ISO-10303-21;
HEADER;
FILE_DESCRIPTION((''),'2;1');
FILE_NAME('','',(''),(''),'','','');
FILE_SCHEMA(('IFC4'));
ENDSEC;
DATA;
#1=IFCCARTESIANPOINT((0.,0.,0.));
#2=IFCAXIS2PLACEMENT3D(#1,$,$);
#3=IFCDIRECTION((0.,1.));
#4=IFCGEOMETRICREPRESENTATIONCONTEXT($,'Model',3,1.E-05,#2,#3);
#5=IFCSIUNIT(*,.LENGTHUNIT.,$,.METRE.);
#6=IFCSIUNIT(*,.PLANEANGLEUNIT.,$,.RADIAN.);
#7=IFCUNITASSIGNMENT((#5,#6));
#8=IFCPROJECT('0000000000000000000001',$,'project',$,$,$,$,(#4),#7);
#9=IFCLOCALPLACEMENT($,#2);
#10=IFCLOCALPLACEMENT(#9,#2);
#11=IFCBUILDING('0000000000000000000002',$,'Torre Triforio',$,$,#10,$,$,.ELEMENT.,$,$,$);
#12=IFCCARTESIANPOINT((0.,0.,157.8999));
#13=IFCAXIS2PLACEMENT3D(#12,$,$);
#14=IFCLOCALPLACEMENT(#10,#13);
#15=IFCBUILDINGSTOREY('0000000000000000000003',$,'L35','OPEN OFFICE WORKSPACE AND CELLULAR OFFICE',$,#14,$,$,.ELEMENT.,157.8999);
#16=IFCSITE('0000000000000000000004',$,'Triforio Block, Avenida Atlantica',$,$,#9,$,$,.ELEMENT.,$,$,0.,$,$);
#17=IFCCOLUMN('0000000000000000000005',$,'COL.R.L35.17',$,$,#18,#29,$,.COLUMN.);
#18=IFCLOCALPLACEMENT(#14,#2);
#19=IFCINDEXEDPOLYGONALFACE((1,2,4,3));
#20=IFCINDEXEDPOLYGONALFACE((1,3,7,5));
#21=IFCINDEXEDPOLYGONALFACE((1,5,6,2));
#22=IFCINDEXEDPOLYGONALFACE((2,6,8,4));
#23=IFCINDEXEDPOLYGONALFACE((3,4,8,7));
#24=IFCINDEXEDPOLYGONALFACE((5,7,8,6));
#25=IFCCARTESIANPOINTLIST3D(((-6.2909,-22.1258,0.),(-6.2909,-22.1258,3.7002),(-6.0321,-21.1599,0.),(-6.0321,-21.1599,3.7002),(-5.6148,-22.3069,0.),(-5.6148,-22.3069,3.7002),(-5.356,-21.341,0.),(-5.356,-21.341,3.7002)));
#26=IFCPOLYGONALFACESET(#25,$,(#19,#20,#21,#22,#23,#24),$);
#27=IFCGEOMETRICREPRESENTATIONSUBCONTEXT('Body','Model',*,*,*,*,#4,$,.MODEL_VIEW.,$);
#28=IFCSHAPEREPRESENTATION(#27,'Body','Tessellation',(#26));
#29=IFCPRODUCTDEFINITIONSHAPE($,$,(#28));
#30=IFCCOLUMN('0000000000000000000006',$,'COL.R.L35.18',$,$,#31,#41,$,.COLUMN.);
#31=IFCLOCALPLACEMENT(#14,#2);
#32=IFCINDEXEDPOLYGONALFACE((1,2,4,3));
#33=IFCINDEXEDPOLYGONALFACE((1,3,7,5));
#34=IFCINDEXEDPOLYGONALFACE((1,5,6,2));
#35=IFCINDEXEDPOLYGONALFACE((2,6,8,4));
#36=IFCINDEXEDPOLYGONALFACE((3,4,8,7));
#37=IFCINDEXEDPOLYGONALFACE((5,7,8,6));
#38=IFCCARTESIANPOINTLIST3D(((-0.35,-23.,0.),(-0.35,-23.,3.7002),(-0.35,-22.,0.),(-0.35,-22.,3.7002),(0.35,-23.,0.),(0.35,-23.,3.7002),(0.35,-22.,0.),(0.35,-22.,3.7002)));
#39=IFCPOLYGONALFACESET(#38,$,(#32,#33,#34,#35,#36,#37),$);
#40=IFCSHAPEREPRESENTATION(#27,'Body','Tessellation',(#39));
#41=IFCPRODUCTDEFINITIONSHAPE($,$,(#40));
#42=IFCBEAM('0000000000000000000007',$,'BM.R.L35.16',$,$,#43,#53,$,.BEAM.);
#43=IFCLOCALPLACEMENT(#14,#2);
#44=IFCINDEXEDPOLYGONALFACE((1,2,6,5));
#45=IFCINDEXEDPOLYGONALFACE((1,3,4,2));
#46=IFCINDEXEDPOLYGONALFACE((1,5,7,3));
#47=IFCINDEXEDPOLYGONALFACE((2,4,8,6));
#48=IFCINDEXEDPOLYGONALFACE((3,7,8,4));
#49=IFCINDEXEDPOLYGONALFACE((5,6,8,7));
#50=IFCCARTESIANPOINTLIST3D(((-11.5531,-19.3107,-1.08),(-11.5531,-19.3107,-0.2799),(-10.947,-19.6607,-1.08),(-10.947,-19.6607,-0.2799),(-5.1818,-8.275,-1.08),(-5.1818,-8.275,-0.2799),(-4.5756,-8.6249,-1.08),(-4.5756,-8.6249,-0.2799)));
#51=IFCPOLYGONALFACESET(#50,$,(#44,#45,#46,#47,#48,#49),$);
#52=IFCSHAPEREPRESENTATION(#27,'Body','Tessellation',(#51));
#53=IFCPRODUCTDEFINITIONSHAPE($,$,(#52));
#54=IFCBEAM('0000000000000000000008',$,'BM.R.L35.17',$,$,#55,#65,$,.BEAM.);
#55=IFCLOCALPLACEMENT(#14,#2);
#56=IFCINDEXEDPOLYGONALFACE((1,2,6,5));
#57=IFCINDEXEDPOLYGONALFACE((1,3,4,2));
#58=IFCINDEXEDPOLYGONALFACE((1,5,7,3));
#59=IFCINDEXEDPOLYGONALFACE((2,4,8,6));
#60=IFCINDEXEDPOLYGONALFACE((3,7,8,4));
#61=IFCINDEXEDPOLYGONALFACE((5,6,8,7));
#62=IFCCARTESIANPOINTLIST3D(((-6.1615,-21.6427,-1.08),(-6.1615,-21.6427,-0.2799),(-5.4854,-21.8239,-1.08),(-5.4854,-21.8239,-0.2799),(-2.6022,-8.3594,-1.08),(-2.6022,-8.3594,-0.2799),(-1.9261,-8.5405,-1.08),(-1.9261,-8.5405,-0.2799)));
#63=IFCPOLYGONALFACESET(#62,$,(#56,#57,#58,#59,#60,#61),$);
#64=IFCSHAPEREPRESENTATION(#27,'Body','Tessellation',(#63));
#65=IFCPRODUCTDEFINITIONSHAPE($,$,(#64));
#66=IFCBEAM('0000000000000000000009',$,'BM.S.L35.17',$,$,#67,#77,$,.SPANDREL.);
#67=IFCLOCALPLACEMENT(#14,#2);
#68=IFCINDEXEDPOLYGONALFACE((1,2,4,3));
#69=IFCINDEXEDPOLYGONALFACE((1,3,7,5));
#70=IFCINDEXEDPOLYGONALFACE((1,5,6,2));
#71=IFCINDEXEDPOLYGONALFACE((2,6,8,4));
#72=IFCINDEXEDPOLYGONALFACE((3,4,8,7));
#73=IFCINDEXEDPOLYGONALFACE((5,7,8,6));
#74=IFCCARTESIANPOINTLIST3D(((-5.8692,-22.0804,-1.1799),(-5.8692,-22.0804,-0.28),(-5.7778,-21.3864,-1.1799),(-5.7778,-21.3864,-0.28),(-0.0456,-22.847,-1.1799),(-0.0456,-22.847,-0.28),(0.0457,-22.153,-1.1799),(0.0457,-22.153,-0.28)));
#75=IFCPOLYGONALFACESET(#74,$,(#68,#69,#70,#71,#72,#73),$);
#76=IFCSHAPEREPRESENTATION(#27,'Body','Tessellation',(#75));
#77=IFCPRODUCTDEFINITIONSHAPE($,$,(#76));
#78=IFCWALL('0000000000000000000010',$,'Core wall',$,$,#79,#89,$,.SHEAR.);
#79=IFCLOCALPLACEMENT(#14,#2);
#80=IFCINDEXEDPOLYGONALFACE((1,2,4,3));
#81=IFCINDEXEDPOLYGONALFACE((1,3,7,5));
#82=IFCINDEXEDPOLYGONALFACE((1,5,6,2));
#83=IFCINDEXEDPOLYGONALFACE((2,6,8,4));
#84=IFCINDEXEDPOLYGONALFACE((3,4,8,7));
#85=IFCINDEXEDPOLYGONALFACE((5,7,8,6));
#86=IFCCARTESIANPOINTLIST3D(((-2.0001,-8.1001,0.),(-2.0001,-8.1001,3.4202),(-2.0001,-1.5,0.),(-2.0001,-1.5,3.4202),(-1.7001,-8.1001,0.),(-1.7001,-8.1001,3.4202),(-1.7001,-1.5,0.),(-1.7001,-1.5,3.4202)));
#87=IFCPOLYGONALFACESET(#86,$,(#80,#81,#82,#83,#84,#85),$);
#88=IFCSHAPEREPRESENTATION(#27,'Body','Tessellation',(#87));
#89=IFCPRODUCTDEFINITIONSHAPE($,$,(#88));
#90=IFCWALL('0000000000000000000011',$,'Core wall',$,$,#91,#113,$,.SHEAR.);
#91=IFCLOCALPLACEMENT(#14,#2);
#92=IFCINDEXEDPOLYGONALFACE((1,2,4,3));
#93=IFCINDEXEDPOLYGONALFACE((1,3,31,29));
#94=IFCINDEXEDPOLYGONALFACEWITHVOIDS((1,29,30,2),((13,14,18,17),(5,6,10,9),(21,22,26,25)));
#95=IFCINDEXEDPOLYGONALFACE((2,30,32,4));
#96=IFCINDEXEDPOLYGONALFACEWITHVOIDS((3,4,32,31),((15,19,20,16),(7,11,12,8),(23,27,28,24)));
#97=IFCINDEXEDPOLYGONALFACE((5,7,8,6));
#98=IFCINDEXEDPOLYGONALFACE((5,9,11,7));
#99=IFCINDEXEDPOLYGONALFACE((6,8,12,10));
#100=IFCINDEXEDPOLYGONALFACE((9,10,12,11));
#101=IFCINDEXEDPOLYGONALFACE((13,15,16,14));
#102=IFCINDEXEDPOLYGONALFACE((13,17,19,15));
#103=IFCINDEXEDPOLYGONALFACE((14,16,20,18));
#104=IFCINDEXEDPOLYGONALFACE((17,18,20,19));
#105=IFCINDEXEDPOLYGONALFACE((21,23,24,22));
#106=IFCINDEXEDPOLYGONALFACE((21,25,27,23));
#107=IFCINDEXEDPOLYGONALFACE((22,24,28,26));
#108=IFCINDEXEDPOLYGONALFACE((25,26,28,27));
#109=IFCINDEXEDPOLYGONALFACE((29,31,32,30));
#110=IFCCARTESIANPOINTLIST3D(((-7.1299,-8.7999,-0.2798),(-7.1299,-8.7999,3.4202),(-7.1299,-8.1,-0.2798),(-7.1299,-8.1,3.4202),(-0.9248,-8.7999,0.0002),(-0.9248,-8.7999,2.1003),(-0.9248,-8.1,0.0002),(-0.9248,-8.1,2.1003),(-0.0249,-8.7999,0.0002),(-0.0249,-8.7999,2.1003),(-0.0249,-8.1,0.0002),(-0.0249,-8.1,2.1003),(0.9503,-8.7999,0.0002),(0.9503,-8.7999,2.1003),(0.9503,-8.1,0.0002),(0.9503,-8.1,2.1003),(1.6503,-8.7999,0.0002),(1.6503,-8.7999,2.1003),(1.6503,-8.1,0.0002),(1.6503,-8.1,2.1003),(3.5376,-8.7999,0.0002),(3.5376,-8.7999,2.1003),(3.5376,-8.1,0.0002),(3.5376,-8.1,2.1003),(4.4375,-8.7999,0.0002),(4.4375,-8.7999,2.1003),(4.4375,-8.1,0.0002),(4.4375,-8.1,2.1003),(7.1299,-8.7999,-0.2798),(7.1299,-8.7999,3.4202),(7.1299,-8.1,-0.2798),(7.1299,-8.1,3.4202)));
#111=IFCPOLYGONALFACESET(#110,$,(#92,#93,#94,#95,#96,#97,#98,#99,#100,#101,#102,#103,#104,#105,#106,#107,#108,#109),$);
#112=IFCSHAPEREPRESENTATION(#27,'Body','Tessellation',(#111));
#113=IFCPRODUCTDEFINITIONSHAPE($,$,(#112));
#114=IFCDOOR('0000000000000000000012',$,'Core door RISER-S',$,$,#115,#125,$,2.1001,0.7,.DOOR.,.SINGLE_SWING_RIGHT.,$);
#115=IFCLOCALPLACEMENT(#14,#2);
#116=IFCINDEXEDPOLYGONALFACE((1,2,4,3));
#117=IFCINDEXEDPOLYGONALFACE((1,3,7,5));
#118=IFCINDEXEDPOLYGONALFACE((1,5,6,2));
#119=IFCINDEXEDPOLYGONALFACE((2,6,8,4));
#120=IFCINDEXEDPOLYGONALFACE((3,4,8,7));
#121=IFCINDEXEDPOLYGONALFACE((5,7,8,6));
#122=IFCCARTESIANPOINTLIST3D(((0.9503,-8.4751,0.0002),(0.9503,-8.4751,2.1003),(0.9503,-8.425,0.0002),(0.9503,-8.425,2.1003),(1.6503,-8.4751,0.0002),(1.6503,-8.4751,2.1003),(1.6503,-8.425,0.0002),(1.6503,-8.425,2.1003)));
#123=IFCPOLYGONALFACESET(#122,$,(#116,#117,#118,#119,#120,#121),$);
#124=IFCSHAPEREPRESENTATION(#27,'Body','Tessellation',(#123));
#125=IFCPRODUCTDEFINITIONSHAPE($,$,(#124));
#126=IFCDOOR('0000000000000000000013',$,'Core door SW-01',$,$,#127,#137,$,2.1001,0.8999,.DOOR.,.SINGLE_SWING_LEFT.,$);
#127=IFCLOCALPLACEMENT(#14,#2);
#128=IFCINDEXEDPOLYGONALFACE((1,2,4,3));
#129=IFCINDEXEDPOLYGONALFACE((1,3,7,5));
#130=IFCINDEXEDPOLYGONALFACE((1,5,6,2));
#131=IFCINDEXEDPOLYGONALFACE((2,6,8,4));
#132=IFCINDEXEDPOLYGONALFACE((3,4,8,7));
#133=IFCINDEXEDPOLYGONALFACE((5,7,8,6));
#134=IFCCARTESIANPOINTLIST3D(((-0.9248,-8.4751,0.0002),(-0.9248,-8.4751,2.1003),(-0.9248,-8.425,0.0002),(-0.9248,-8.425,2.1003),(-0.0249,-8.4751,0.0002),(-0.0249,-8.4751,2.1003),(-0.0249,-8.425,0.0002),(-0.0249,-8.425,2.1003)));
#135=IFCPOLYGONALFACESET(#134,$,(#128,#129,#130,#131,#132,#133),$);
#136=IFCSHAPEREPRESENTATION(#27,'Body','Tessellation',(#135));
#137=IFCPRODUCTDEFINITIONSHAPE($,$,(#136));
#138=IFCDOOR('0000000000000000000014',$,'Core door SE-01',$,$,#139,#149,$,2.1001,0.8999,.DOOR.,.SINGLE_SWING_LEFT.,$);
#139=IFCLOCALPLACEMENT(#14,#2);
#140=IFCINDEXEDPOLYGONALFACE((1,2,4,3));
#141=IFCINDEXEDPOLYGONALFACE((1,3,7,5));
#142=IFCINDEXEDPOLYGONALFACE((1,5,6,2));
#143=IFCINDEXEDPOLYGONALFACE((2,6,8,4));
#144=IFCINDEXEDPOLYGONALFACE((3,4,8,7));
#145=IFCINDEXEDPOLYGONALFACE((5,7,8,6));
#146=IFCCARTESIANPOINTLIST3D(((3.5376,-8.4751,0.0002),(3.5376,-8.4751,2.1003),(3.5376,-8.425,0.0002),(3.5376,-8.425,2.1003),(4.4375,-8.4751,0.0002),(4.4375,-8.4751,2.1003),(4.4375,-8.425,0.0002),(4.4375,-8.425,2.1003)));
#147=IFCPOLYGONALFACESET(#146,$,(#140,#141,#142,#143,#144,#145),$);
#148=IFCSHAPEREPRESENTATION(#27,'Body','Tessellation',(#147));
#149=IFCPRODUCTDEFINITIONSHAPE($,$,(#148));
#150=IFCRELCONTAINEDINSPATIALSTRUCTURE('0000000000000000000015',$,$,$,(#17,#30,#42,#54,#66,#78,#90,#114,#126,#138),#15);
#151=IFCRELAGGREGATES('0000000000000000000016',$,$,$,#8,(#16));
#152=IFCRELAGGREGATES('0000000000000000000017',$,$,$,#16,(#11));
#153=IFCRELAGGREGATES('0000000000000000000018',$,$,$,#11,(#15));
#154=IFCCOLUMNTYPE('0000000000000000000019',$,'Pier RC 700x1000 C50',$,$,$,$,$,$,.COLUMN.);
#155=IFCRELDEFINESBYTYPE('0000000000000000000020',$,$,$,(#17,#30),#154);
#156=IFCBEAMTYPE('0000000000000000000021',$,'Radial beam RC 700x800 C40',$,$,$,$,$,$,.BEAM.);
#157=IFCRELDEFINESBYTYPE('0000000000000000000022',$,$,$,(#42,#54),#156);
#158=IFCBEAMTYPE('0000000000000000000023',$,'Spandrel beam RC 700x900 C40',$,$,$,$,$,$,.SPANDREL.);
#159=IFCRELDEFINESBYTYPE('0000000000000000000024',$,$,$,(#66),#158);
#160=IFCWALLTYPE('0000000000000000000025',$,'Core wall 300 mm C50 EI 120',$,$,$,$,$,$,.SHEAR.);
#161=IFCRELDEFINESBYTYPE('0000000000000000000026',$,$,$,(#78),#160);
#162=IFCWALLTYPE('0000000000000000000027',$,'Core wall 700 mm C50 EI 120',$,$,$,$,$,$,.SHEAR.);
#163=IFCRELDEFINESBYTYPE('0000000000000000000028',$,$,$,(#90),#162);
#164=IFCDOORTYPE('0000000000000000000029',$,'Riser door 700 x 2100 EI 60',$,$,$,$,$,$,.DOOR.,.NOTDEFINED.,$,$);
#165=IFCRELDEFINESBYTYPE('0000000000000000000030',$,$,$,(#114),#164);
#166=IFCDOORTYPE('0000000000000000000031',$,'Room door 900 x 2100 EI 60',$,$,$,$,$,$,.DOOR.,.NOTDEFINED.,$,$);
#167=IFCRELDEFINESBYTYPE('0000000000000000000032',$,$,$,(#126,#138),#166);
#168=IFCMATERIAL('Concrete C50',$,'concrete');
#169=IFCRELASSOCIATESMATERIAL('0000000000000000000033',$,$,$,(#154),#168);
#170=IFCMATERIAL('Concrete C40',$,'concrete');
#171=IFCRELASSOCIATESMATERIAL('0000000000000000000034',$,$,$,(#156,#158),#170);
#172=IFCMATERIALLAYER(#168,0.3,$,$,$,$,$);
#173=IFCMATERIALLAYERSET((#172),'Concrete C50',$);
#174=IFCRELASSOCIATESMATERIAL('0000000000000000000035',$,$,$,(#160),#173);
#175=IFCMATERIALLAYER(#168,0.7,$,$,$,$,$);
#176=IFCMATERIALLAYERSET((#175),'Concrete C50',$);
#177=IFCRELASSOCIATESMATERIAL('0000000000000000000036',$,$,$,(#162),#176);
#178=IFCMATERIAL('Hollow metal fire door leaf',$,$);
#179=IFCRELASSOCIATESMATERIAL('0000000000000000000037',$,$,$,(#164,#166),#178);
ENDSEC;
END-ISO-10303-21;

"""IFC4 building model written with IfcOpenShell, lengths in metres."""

from ifc_helpers import new_model, si_unit, direction, frame, frame_2d, origin, origin_2d, place, context, subcontext, project, spatial, rectangle, extrude, material, layer, layer_set, material_profile, profile_set, type_object, element, fill, save


model = new_model("IFC4")

# Units and contexts
model_context = context("Model", 3, precision=1e-05, world=origin(), true_north=direction((0.0, 1.0)))
body_context = subcontext(model_context, "Body", "Model", "MODEL_VIEW")
ifc_project = project(units=[si_unit("LENGTHUNIT", "METRE"), si_unit("PLANEANGLEUNIT", "RADIAN")], contexts=[model_context])

# Site, building, storey
site_placement = place(None, origin())
site = spatial("IfcSite", under=ifc_project, at=site_placement, Name="Triforio Block, Avenida Atlantica", CompositionType="ELEMENT", RefElevation=0.0)
building_placement = place(site_placement, origin())
building = spatial("IfcBuilding", under=site, at=building_placement, Name="Torre Triforio", CompositionType="ELEMENT")
storey_placement = place(building_placement, frame((0.0, 0.0, 157.8999)))
storey = spatial("IfcBuildingStorey", under=building, at=storey_placement, Name="L35", Description="OPEN OFFICE WORKSPACE AND CELLULAR OFFICE", CompositionType="ELEMENT", Elevation=157.8999)

# Columns
ifc_material_1 = material(Name="Concrete C50", Category="concrete")
ifc_material_profile_1 = material_profile(ifc_material_1, rectangle(XDim=0.7, YDim=1.0, at=origin_2d()), Name="RC 700x1000")
ifc_profile_set_1 = profile_set([ifc_material_profile_1], Name="Concrete C50")
column_type = type_object("IfcColumnType", Name="Pier RC 700x1000 C50", PredefinedType="COLUMN", material=ifc_profile_set_1)
for number, where, z_axis, x_axis, name in (
    (1, (-5.8235, -21.7334, 0.0), (0.0, 0.0, 1.0), (0.965926, -0.258819, 0.0), "COL.R.L35.17"),
    (2, (0.0, -22.5, 0.0), (0.0, 0.0, 1.0), (1.0, 0.0, 0.0), "COL.R.L35.18"),
):
    element("IfcColumn", number, at=place(storey_placement, frame(where, z_axis=z_axis, x_axis=x_axis)), inside=storey, type_object=column_type, Name=name, PredefinedType="COLUMN", context=body_context, shape_type="SweptSolid", body=[
        extrude(rectangle(XDim=0.7, YDim=1.0, at=origin_2d()), origin(), (0.0, 0.0, 1.0), 3.7002),
    ])

# Beams
ifc_material_2 = material(Name="Concrete C40", Category="concrete")
ifc_material_profile_2 = material_profile(ifc_material_2, rectangle(XDim=0.7, YDim=0.8, at=origin_2d()), Name="RC 700x800")
ifc_profile_set_2 = profile_set([ifc_material_profile_2], Name="Concrete C40")
beam_type_1 = type_object("IfcBeamType", Name="Radial beam RC 700x800 C40", PredefinedType="BEAM", material=ifc_profile_set_2)
beam_1_placement = place(storey_placement, frame((-4.8787, -8.45, -0.6799), z_axis=(-0.499994, -0.866029, 0.0), x_axis=(0.866029, -0.499994, 0.0)))
element("IfcBeam", 3, at=beam_1_placement, inside=storey, type_object=beam_type_1, Name="BM.R.L35.16", PredefinedType="BEAM", context=body_context, shape_type="SweptSolid", body=[
    extrude(rectangle(XDim=0.7, YDim=0.8, at=origin_2d()), origin(), (0.0, 0.0, 1.0), 12.7429),
])
beam_2_placement = place(storey_placement, frame((-2.2642, -8.45, -0.6799), z_axis=(-0.258822, -0.965925, 0.0), x_axis=(0.965925, -0.258822, 0.0)))
element("IfcBeam", 4, at=beam_2_placement, inside=storey, type_object=beam_type_1, Name="BM.R.L35.17", PredefinedType="BEAM", context=body_context, shape_type="SweptSolid", body=[
    extrude(rectangle(XDim=0.7, YDim=0.8, at=origin_2d()), origin(), (0.0, 0.0, 1.0), 13.752),
])
ifc_material_profile_3 = material_profile(ifc_material_2, rectangle(XDim=0.7, YDim=0.8999, at=origin_2d()), Name="RC 700x900")
ifc_profile_set_3 = profile_set([ifc_material_profile_3], Name="Concrete C40")
beam_type_2 = type_object("IfcBeamType", Name="Spandrel beam RC 700x900 C40", PredefinedType="SPANDREL", material=ifc_profile_set_3)
beam_3_placement = place(storey_placement, frame((-5.8235, -21.7334, -0.73), z_axis=(0.991447, -0.130514, 0.0), x_axis=(0.130514, 0.991447, 0.0)))
element("IfcBeam", 5, at=beam_3_placement, inside=storey, type_object=beam_type_2, Name="BM.S.L35.17", PredefinedType="SPANDREL", context=body_context, shape_type="SweptSolid", body=[
    extrude(rectangle(XDim=0.7, YDim=0.8999, at=origin_2d()), origin(), (0.0, 0.0, 1.0), 5.8738),
])

# Wall
ifc_layer_1 = layer(ifc_material_1, 0.3)
ifc_layer_set_1 = layer_set([ifc_layer_1], Name="Concrete C50")
wall_type_1 = type_object("IfcWallType", Name="Core wall 300 mm C50 EI 120", PredefinedType="SHEAR", material=ifc_layer_set_1)
wall_1_placement = place(storey_placement, frame((-1.8501, -8.1001, 0.0), z_axis=(0.0, 0.0, 1.0), x_axis=(0.0, 1.0, 0.0)))
element("IfcWall", 6, at=wall_1_placement, inside=storey, type_object=wall_type_1, Name="Core wall", PredefinedType="SHEAR", context=body_context, shape_type="SweptSolid", body=[
    extrude(rectangle(XDim=6.6001, YDim=0.3, at=frame_2d((3.3, 0.0))), origin(), (0.0, 0.0, 1.0), 3.4202),
])

# Wall, openings, doors
ifc_layer_2 = layer(ifc_material_1, 0.7)
ifc_layer_set_2 = layer_set([ifc_layer_2], Name="Concrete C50")
wall_type_2 = type_object("IfcWallType", Name="Core wall 700 mm C50 EI 120", PredefinedType="SHEAR", material=ifc_layer_set_2)
wall_2_placement = place(storey_placement, frame((-7.1299, -8.45, -0.2798), z_axis=(0.0, 0.0, 1.0), x_axis=(1.0, 0.0, 0.0)))
wall_2 = element("IfcWall", 7, at=wall_2_placement, inside=storey, type_object=wall_type_2, Name="Core wall", PredefinedType="SHEAR", context=body_context, shape_type="SweptSolid", body=[
    extrude(rectangle(XDim=14.2598, YDim=0.7, at=frame_2d((7.1299, 0.0))), origin(), (0.0, 0.0, 1.0), 3.7),
])
opening_1_placement = place(wall_2_placement, frame((8.0801, 0.0, 0.28)))
opening_1 = element("IfcOpeningElement", 8, at=opening_1_placement, cuts=wall_2, PredefinedType="OPENING", context=body_context, shape_type="SweptSolid", body=[
    extrude(rectangle(XDim=0.7, YDim=2.1001, at=frame_2d((0.3501, 1.05))), frame((0.0, 0.3599, 0.0), z_axis=(0.0, -1.0, 0.0), x_axis=(1.0, 0.0, 0.0)), (0.0, 0.0, 1.0), 0.72),
])
opening_2_placement = place(wall_2_placement, frame((6.2051, 0.0, 0.28)))
opening_2 = element("IfcOpeningElement", 9, at=opening_2_placement, cuts=wall_2, PredefinedType="OPENING", context=body_context, shape_type="SweptSolid", body=[
    extrude(rectangle(XDim=0.8999, YDim=2.1001, at=frame_2d((0.45, 1.05))), frame((0.0, 0.3599, 0.0), z_axis=(0.0, -1.0, 0.0), x_axis=(1.0, 0.0, 0.0)), (0.0, 0.0, 1.0), 0.72),
])
opening_3_placement = place(wall_2_placement, frame((10.6675, 0.0, 0.28)))
opening_3 = element("IfcOpeningElement", 10, at=opening_3_placement, cuts=wall_2, PredefinedType="OPENING", context=body_context, shape_type="SweptSolid", body=[
    extrude(rectangle(XDim=0.8999, YDim=2.1001, at=frame_2d((0.45, 1.05))), frame((0.0, 0.3599, 0.0), z_axis=(0.0, -1.0, 0.0), x_axis=(1.0, 0.0, 0.0)), (0.0, 0.0, 1.0), 0.72),
])
ifc_material_3 = material(Name="Hollow metal fire door leaf")
door_type_1 = type_object("IfcDoorType", Name="Riser door 700 x 2100 EI 60", OperationType="NOTDEFINED", PredefinedType="DOOR", material=ifc_material_3)
door_1_placement = place(opening_1_placement, origin())
door_1 = element("IfcDoor", 11, at=door_1_placement, inside=storey, type_object=door_type_1, Name="Core door RISER-S", OperationType="SINGLE_SWING_RIGHT", OverallHeight=2.1001, OverallWidth=0.7, PredefinedType="DOOR", context=body_context, shape_type="SweptSolid", body=[
    extrude(rectangle(XDim=0.7, YDim=2.1001, at=frame_2d((0.3501, 1.05))), frame((0.0, 0.0249, 0.0), z_axis=(0.0, -1.0, 0.0), x_axis=(1.0, 0.0, 0.0)), (0.0, 0.0, 1.0), 0.05),
])
fill(opening_1, door_1)
door_type_2 = type_object("IfcDoorType", Name="Room door 900 x 2100 EI 60", OperationType="NOTDEFINED", PredefinedType="DOOR", material=ifc_material_3)
door_2_placement = place(opening_2_placement, origin())
door_2 = element("IfcDoor", 12, at=door_2_placement, inside=storey, type_object=door_type_2, Name="Core door SW-01", OperationType="SINGLE_SWING_LEFT", OverallHeight=2.1001, OverallWidth=0.8999, PredefinedType="DOOR", context=body_context, shape_type="SweptSolid", body=[
    extrude(rectangle(XDim=0.8999, YDim=2.1001, at=frame_2d((0.45, 1.05))), frame((0.0, 0.0249, 0.0), z_axis=(0.0, -1.0, 0.0), x_axis=(1.0, 0.0, 0.0)), (0.0, 0.0, 1.0), 0.05),
])
fill(opening_2, door_2)
door_3_placement = place(opening_3_placement, origin())
door_3 = element("IfcDoor", 13, at=door_3_placement, inside=storey, type_object=door_type_2, Name="Core door SE-01", OperationType="SINGLE_SWING_LEFT", OverallHeight=2.1001, OverallWidth=0.8999, PredefinedType="DOOR", context=body_context, shape_type="SweptSolid", body=[
    extrude(rectangle(XDim=0.8999, YDim=2.1001, at=frame_2d((0.45, 1.05))), frame((0.0, 0.0249, 0.0), z_axis=(0.0, -1.0, 0.0), x_axis=(1.0, 0.0, 0.0)), (0.0, 0.0, 1.0), 0.05),
])
fill(opening_3, door_3)

save(model, "model.ifc")
